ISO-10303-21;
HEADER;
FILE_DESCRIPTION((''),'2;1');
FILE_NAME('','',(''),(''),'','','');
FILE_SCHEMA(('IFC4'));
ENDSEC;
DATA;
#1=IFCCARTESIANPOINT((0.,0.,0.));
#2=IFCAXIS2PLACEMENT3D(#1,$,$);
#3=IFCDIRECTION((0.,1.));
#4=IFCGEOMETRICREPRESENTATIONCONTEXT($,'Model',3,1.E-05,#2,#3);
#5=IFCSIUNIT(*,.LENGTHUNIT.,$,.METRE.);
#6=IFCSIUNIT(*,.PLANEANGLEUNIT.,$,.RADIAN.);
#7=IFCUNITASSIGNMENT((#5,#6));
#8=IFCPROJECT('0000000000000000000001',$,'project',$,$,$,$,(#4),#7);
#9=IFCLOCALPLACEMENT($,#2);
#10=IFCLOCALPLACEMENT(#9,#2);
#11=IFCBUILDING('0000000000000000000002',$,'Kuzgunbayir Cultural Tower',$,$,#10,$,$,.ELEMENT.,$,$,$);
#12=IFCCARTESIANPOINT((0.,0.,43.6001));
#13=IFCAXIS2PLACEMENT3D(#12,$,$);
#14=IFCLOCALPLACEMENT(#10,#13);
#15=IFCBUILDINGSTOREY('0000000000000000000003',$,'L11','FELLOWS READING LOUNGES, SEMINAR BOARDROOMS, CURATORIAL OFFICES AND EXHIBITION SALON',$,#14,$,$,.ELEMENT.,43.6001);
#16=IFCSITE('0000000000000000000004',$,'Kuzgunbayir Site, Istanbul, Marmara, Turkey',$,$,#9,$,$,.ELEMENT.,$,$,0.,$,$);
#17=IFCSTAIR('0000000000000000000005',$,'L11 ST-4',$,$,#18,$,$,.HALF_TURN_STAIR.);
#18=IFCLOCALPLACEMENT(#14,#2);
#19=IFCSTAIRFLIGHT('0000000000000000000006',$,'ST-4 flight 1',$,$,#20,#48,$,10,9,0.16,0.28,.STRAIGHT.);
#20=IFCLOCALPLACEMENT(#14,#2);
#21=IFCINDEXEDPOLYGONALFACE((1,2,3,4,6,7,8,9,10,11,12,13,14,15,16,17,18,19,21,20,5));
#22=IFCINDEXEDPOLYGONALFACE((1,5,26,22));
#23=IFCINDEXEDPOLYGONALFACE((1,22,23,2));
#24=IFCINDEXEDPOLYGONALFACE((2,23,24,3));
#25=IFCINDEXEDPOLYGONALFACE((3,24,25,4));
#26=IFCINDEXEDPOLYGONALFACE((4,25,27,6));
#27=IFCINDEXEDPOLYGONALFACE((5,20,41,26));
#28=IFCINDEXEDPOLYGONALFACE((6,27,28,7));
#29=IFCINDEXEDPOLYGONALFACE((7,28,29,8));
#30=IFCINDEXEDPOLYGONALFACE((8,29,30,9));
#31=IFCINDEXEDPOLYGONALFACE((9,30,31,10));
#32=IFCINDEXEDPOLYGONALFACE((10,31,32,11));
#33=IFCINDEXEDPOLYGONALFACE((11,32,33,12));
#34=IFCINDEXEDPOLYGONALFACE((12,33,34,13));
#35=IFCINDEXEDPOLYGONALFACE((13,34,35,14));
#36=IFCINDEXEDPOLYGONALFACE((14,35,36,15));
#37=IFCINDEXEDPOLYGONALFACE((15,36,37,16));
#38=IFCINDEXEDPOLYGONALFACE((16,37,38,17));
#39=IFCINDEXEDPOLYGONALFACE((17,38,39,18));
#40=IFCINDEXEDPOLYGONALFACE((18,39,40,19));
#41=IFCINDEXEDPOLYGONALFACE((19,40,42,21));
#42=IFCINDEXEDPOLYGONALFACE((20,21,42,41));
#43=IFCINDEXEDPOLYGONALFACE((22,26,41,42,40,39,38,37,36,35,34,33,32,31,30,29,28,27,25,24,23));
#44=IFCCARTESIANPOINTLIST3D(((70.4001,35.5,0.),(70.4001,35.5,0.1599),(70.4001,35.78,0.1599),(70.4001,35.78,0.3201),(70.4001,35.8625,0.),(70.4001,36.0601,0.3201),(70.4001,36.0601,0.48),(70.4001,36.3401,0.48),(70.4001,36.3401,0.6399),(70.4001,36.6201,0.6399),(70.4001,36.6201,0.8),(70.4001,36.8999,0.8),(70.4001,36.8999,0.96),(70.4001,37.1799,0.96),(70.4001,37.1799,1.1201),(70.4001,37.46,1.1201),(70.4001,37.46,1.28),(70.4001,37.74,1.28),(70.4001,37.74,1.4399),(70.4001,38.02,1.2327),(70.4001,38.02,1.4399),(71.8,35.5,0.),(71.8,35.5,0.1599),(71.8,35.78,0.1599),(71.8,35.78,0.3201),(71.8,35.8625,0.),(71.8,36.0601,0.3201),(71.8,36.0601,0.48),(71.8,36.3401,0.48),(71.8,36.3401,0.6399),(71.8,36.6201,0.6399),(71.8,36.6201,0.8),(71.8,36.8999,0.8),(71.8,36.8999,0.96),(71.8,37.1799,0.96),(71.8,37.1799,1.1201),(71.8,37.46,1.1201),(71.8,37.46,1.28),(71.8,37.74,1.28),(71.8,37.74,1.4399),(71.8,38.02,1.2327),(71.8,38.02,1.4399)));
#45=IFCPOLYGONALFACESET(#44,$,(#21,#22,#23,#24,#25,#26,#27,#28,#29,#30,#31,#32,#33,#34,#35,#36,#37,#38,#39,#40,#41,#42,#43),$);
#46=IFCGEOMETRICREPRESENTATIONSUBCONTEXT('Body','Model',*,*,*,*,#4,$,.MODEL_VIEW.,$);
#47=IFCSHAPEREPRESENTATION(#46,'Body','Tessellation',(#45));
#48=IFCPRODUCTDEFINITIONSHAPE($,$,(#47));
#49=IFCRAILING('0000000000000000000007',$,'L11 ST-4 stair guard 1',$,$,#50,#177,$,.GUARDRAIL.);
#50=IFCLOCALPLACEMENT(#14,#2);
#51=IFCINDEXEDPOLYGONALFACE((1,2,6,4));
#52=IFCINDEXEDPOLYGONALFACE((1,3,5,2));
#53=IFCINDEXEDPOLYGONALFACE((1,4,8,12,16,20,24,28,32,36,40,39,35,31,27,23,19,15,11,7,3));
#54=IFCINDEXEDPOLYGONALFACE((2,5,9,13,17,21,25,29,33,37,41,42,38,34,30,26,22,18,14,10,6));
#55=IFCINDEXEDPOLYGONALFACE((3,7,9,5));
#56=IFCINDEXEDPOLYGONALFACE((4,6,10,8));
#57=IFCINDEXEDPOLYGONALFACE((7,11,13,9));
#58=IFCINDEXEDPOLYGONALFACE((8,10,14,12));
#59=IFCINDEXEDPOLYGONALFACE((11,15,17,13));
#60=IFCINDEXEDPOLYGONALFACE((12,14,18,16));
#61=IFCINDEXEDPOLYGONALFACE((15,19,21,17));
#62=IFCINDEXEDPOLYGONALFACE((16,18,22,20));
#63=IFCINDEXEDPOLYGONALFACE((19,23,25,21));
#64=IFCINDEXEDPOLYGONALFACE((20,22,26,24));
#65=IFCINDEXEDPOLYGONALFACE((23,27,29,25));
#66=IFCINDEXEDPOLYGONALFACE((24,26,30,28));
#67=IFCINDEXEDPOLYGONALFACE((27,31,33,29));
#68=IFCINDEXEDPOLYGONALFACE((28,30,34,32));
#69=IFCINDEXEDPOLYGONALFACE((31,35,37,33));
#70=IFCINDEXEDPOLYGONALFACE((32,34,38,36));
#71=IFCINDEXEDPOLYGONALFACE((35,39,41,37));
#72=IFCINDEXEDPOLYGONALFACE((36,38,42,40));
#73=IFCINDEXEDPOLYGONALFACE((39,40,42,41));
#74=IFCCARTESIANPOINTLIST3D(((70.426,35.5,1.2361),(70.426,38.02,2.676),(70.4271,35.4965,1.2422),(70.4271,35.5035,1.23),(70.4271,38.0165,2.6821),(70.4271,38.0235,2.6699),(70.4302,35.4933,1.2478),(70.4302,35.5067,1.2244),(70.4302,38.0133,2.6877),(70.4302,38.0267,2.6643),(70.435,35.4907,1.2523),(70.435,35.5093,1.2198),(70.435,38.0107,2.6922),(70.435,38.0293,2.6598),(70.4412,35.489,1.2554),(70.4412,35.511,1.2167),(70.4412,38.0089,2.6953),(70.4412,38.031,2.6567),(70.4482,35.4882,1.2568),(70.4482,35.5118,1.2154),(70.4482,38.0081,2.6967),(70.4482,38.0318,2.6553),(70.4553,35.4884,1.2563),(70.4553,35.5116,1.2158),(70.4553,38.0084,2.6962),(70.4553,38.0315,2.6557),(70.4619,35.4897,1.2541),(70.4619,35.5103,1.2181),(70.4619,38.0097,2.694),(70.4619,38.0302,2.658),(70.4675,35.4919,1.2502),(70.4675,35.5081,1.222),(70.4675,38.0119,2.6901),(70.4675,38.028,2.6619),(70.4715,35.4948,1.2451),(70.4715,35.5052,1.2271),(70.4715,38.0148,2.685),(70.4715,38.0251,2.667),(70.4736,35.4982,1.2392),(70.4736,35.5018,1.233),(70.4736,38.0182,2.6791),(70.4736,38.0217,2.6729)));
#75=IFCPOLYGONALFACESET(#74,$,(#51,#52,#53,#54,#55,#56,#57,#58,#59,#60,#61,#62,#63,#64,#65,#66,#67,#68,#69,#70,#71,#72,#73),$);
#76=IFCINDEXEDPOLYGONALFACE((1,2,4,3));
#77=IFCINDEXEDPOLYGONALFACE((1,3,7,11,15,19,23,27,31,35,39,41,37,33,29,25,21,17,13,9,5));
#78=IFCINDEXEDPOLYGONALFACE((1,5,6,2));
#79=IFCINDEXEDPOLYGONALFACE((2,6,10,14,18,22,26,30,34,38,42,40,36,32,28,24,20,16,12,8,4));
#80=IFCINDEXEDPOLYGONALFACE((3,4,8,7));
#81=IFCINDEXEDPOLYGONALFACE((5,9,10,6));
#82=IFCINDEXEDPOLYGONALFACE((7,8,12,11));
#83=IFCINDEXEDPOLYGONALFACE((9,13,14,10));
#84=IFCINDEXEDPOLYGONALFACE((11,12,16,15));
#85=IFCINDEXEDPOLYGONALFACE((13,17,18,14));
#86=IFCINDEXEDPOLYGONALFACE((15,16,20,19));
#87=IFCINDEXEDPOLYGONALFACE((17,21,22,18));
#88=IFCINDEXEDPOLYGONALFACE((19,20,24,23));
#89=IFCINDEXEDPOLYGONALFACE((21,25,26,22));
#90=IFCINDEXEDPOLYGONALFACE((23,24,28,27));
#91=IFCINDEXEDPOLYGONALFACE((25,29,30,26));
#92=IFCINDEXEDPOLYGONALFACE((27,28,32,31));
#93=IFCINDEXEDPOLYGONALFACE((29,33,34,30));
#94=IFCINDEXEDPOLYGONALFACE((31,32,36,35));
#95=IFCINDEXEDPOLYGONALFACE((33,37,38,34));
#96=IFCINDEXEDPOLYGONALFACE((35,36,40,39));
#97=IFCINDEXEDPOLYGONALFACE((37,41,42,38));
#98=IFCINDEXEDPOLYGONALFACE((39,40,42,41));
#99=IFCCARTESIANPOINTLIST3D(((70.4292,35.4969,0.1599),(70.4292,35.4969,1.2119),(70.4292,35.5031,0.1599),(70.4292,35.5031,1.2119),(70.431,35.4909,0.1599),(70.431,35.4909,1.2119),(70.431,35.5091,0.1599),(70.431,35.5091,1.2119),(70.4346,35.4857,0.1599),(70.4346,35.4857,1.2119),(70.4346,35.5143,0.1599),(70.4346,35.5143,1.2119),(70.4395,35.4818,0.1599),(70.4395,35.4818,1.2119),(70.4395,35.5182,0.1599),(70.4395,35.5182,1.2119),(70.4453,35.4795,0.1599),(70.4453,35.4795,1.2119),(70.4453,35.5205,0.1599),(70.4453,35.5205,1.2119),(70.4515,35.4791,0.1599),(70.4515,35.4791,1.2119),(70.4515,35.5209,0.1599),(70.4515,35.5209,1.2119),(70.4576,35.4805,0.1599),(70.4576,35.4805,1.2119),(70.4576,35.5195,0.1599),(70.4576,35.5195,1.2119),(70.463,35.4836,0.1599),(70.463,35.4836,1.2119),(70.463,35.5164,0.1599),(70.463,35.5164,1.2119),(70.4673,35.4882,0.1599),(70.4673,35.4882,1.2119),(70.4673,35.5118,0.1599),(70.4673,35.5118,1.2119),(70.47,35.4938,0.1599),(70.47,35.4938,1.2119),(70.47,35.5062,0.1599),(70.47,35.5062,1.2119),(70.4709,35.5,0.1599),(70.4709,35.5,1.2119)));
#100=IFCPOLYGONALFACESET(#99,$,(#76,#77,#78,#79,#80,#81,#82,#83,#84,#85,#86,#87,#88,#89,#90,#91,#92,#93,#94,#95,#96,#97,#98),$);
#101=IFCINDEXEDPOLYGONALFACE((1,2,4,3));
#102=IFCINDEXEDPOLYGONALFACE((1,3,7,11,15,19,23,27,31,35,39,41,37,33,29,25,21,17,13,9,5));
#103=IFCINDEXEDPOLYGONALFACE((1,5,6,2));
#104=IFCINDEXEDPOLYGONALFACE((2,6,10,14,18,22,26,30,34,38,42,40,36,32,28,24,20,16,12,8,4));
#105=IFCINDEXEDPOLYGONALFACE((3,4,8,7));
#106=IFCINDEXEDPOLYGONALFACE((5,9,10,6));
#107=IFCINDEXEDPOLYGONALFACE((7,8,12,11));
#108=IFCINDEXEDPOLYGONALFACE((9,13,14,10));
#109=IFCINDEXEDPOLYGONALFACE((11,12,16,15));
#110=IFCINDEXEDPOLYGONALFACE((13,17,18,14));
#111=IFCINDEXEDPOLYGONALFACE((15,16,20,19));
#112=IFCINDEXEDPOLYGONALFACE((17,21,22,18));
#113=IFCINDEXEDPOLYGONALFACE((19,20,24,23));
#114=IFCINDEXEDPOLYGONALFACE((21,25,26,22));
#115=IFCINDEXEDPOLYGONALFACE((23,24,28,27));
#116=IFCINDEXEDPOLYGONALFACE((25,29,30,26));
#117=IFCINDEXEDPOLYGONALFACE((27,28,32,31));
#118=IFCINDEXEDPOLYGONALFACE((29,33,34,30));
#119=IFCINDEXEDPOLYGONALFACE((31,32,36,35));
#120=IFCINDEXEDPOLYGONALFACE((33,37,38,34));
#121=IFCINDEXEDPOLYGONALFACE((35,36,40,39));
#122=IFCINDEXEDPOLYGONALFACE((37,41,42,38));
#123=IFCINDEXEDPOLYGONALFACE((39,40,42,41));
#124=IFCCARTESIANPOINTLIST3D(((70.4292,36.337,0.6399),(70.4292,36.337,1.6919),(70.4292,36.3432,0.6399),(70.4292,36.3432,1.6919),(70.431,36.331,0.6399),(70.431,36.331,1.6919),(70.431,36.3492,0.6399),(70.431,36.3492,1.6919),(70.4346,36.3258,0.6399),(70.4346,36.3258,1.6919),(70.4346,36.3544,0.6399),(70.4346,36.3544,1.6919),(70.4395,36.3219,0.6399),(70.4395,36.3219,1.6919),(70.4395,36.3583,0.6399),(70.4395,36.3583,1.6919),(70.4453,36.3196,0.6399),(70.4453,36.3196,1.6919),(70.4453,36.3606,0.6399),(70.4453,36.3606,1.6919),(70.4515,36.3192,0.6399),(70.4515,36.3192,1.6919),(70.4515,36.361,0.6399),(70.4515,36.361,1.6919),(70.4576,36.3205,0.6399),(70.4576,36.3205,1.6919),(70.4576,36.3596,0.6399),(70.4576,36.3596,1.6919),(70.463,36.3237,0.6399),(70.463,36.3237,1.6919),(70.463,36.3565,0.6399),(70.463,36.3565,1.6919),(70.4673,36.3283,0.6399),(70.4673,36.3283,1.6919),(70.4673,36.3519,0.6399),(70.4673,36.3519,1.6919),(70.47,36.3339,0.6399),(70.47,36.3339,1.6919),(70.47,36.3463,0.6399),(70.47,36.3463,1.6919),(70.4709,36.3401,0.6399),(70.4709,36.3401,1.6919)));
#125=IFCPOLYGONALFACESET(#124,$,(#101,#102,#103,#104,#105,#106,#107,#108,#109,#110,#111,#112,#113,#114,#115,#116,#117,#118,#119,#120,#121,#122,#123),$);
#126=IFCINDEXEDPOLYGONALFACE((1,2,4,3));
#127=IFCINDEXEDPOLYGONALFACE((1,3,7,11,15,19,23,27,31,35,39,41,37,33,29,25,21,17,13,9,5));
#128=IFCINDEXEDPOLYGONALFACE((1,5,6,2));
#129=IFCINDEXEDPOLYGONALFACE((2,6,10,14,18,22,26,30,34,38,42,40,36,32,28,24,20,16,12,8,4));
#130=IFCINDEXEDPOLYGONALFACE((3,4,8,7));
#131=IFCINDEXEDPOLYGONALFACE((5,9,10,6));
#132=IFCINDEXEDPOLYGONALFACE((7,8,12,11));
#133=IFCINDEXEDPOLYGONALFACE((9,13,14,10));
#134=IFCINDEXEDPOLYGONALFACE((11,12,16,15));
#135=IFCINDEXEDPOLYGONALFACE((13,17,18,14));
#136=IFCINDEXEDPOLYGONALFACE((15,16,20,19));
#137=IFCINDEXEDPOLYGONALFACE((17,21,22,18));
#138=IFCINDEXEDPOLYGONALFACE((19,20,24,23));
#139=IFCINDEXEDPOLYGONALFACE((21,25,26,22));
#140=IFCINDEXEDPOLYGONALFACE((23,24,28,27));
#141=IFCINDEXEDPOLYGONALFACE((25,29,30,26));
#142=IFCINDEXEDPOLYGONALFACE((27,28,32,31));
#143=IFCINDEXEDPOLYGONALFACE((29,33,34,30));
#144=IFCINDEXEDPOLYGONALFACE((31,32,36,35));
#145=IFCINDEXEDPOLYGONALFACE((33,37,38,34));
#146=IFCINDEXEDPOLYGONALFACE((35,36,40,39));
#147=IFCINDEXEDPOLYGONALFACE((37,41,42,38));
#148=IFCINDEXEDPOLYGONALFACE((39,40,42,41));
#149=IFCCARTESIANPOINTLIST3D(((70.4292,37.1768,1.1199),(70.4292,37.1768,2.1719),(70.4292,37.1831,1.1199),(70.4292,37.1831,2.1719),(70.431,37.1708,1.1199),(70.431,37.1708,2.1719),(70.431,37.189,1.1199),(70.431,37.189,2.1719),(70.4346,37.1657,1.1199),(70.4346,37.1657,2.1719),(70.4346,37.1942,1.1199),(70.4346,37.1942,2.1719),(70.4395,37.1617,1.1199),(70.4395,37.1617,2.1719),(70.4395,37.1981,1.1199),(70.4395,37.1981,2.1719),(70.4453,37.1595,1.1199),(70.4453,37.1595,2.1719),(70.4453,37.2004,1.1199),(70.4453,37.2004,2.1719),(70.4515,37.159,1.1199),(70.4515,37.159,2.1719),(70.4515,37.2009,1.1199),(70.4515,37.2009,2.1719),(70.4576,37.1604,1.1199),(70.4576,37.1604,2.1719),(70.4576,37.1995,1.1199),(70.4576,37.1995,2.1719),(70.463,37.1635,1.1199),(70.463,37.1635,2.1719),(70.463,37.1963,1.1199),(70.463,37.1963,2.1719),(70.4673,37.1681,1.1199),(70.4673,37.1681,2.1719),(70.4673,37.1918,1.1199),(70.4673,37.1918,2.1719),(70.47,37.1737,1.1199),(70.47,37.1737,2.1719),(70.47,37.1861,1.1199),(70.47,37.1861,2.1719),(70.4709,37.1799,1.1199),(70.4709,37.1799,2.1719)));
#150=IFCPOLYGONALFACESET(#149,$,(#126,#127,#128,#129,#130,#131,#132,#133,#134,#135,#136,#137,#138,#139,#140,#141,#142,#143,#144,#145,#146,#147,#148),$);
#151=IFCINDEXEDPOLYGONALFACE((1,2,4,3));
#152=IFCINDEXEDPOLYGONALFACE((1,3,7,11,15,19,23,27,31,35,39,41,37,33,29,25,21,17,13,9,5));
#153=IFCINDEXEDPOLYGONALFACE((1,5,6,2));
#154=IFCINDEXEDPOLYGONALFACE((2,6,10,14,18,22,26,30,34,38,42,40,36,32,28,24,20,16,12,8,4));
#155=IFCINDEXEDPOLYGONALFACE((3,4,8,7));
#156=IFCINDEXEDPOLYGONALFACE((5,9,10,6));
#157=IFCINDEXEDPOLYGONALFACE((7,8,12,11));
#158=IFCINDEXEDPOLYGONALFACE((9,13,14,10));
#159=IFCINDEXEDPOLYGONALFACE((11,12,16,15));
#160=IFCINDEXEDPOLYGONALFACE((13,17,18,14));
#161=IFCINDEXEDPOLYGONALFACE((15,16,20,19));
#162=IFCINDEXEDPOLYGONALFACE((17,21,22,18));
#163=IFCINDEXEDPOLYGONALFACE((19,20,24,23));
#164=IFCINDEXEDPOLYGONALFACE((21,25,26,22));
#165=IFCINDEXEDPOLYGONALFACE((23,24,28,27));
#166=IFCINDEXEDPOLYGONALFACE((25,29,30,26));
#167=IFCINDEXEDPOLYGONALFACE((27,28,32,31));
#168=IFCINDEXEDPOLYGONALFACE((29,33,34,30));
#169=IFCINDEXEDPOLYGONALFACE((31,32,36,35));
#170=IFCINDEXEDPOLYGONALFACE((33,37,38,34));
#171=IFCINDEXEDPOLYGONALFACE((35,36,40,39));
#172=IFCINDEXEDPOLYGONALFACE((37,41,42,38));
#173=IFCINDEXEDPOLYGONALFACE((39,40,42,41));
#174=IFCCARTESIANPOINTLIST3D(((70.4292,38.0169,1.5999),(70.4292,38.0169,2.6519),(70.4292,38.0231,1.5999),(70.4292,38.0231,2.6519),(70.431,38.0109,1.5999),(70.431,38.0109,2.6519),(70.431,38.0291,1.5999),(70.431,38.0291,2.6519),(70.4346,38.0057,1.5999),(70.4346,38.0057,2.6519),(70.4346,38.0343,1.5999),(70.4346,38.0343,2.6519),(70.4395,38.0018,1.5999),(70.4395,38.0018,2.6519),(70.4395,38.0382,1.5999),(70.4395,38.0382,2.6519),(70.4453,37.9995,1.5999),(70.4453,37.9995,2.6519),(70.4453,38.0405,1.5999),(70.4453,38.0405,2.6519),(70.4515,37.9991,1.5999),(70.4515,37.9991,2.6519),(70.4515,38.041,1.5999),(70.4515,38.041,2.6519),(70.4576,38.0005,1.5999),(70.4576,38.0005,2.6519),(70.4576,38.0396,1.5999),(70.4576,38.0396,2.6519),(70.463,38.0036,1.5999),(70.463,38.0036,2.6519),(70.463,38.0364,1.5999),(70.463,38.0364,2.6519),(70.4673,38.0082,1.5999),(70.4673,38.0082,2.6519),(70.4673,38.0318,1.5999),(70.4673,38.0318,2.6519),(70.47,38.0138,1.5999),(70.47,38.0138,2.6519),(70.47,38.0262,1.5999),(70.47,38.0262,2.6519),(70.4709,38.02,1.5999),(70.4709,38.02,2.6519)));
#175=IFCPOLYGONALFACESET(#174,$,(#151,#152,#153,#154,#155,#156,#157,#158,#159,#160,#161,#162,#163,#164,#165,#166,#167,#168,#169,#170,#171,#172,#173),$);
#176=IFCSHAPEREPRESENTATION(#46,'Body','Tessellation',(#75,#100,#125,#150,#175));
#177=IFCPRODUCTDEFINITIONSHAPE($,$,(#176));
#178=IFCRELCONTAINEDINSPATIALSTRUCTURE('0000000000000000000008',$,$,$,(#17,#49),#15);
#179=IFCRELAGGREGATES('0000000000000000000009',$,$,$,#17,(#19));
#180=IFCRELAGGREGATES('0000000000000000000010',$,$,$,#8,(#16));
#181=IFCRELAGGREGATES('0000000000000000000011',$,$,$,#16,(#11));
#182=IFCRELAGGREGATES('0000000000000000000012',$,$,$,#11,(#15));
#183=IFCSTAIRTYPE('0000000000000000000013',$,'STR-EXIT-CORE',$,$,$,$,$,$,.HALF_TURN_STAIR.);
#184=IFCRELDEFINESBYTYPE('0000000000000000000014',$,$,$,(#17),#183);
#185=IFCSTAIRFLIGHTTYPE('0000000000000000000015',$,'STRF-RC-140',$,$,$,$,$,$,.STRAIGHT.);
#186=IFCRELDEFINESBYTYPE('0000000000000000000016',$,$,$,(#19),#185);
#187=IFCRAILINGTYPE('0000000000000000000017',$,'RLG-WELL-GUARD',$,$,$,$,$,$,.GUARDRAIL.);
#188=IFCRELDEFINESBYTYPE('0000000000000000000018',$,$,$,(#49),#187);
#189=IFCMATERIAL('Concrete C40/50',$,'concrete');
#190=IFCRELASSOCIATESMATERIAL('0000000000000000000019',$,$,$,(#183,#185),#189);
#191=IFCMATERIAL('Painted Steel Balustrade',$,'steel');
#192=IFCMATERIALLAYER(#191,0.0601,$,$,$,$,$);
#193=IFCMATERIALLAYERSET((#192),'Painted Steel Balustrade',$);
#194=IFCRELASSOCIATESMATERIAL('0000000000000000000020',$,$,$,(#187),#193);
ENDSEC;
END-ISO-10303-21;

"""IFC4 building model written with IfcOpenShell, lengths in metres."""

from ifc_helpers import new_model, si_unit, direction, frame, origin, origin_2d, place, context, subcontext, project, spatial, polyline, circle, outline, extrude, material, layer, layer_set, type_object, element, aggregate, save


model = new_model("IFC4")

# Units and contexts
model_context = context("Model", 3, precision=1e-05, world=origin(), true_north=direction((0.0, 1.0)))
body_context = subcontext(model_context, "Body", "Model", "MODEL_VIEW")
ifc_project = project(units=[si_unit("LENGTHUNIT", "METRE"), si_unit("PLANEANGLEUNIT", "RADIAN")], contexts=[model_context])

# Site, building, storey
site_placement = place(None, origin())
site = spatial("IfcSite", under=ifc_project, at=site_placement, Name="Kuzgunbayir Site, Istanbul, Marmara, Turkey", CompositionType="ELEMENT", RefElevation=0.0)
building_placement = place(site_placement, origin())
building = spatial("IfcBuilding", under=site, at=building_placement, Name="Kuzgunbayir Cultural Tower", CompositionType="ELEMENT")
storey_placement = place(building_placement, frame((0.0, 0.0, 43.6001)))
storey = spatial("IfcBuildingStorey", under=building, at=storey_placement, Name="L11", Description="FELLOWS READING LOUNGES, SEMINAR BOARDROOMS, CURATORIAL OFFICES AND EXHIBITION SALON", CompositionType="ELEMENT", Elevation=43.6001)

# Shared definitions
ifc_material_1 = material(Name="Concrete C40/50", Category="concrete")

# Stair, stair flight
stair_type = type_object("IfcStairType", Name="STR-EXIT-CORE", PredefinedType="HALF_TURN_STAIR", material=ifc_material_1)
stair_placement = place(storey_placement, origin())
stair = element("IfcStair", 1, at=stair_placement, inside=storey, type_object=stair_type, Name="L11 ST-4", PredefinedType="HALF_TURN_STAIR")
stair_flight_type = type_object("IfcStairFlightType", Name="STRF-RC-140", PredefinedType="STRAIGHT", material=ifc_material_1)
stair_flight_placement = place(storey_placement, frame((71.1001, 35.5, 0.0), z_axis=(0.0, 0.0, 1.0), x_axis=(0.0, 1.0, 0.0)))
stair_flight = element("IfcStairFlight", 2, at=stair_flight_placement, type_object=stair_flight_type, Name="ST-4 flight 1", NumberOfRisers=10, NumberOfTreads=9, PredefinedType="STRAIGHT", RiserHeight=0.16, TreadLength=0.28, context=body_context, shape_type="SweptSolid", body=[
    extrude(outline(polyline([(0.0, 0.0), (0.0, 0.1599), (0.28, 0.1599), (0.28, 0.3201), (0.5601, 0.3201), (0.5601, 0.48), (0.8401, 0.48), (0.8401, 0.6399), (1.1201, 0.6399), (1.1201, 0.8), (1.3999, 0.8), (1.3999, 0.96), (1.6799, 0.96), (1.6799, 1.1201), (1.96, 1.1201), (1.96, 1.28), (2.24, 1.28), (2.24, 1.4399), (2.52, 1.4399), (2.52, 1.6001), (2.52, 1.2327), (0.3625, 0.0), (0.0, 0.0)])), frame((0.0, 0.7, 0.0), z_axis=(0.0, -1.0, 0.0), x_axis=(1.0, 0.0, 0.0)), (0.0, 0.0, 1.0), 1.3999),
])
aggregate(stair, [stair_flight])

# Railing
ifc_material_2 = material(Name="Painted Steel Balustrade", Category="steel")
ifc_layer_1 = layer(ifc_material_2, 0.0601)
ifc_layer_set_1 = layer_set([ifc_layer_1], Name="Painted Steel Balustrade")
railing_type = type_object("IfcRailingType", Name="RLG-WELL-GUARD", PredefinedType="GUARDRAIL", material=ifc_layer_set_1)
railing_1_placement = place(storey_placement, frame((70.45, 35.5, 0.1599)))
element("IfcRailing", 3, at=railing_1_placement, inside=storey, type_object=railing_type, Name="L11 ST-4 stair guard 1", PredefinedType="GUARDRAIL", context=body_context, shape_type="SweptSolid", body=[
    extrude(circle(Radius=0.0239, at=origin_2d()), frame((0.0, 0.0, 1.0762), z_axis=(0.0, 0.868253, 0.496121), x_axis=(-1.0, 0.0, 0.0)), (0.0, 0.0, 1.0), 2.9023),
    extrude(circle(Radius=0.021, at=origin_2d()), origin(), (0.0, 0.0, 1.0), 1.052),
    extrude(circle(Radius=0.021, at=origin_2d()), frame((0.0, 0.8401, 0.48)), (0.0, 0.0, 1.0), 1.052),
    extrude(circle(Radius=0.021, at=origin_2d()), frame((0.0, 1.6799, 0.96)), (0.0, 0.0, 1.0), 1.052),
    extrude(circle(Radius=0.021, at=origin_2d()), frame((0.0, 2.52, 1.4399)), (0.0, 0.0, 1.0), 1.052),
])

save(model, "model.ifc")
